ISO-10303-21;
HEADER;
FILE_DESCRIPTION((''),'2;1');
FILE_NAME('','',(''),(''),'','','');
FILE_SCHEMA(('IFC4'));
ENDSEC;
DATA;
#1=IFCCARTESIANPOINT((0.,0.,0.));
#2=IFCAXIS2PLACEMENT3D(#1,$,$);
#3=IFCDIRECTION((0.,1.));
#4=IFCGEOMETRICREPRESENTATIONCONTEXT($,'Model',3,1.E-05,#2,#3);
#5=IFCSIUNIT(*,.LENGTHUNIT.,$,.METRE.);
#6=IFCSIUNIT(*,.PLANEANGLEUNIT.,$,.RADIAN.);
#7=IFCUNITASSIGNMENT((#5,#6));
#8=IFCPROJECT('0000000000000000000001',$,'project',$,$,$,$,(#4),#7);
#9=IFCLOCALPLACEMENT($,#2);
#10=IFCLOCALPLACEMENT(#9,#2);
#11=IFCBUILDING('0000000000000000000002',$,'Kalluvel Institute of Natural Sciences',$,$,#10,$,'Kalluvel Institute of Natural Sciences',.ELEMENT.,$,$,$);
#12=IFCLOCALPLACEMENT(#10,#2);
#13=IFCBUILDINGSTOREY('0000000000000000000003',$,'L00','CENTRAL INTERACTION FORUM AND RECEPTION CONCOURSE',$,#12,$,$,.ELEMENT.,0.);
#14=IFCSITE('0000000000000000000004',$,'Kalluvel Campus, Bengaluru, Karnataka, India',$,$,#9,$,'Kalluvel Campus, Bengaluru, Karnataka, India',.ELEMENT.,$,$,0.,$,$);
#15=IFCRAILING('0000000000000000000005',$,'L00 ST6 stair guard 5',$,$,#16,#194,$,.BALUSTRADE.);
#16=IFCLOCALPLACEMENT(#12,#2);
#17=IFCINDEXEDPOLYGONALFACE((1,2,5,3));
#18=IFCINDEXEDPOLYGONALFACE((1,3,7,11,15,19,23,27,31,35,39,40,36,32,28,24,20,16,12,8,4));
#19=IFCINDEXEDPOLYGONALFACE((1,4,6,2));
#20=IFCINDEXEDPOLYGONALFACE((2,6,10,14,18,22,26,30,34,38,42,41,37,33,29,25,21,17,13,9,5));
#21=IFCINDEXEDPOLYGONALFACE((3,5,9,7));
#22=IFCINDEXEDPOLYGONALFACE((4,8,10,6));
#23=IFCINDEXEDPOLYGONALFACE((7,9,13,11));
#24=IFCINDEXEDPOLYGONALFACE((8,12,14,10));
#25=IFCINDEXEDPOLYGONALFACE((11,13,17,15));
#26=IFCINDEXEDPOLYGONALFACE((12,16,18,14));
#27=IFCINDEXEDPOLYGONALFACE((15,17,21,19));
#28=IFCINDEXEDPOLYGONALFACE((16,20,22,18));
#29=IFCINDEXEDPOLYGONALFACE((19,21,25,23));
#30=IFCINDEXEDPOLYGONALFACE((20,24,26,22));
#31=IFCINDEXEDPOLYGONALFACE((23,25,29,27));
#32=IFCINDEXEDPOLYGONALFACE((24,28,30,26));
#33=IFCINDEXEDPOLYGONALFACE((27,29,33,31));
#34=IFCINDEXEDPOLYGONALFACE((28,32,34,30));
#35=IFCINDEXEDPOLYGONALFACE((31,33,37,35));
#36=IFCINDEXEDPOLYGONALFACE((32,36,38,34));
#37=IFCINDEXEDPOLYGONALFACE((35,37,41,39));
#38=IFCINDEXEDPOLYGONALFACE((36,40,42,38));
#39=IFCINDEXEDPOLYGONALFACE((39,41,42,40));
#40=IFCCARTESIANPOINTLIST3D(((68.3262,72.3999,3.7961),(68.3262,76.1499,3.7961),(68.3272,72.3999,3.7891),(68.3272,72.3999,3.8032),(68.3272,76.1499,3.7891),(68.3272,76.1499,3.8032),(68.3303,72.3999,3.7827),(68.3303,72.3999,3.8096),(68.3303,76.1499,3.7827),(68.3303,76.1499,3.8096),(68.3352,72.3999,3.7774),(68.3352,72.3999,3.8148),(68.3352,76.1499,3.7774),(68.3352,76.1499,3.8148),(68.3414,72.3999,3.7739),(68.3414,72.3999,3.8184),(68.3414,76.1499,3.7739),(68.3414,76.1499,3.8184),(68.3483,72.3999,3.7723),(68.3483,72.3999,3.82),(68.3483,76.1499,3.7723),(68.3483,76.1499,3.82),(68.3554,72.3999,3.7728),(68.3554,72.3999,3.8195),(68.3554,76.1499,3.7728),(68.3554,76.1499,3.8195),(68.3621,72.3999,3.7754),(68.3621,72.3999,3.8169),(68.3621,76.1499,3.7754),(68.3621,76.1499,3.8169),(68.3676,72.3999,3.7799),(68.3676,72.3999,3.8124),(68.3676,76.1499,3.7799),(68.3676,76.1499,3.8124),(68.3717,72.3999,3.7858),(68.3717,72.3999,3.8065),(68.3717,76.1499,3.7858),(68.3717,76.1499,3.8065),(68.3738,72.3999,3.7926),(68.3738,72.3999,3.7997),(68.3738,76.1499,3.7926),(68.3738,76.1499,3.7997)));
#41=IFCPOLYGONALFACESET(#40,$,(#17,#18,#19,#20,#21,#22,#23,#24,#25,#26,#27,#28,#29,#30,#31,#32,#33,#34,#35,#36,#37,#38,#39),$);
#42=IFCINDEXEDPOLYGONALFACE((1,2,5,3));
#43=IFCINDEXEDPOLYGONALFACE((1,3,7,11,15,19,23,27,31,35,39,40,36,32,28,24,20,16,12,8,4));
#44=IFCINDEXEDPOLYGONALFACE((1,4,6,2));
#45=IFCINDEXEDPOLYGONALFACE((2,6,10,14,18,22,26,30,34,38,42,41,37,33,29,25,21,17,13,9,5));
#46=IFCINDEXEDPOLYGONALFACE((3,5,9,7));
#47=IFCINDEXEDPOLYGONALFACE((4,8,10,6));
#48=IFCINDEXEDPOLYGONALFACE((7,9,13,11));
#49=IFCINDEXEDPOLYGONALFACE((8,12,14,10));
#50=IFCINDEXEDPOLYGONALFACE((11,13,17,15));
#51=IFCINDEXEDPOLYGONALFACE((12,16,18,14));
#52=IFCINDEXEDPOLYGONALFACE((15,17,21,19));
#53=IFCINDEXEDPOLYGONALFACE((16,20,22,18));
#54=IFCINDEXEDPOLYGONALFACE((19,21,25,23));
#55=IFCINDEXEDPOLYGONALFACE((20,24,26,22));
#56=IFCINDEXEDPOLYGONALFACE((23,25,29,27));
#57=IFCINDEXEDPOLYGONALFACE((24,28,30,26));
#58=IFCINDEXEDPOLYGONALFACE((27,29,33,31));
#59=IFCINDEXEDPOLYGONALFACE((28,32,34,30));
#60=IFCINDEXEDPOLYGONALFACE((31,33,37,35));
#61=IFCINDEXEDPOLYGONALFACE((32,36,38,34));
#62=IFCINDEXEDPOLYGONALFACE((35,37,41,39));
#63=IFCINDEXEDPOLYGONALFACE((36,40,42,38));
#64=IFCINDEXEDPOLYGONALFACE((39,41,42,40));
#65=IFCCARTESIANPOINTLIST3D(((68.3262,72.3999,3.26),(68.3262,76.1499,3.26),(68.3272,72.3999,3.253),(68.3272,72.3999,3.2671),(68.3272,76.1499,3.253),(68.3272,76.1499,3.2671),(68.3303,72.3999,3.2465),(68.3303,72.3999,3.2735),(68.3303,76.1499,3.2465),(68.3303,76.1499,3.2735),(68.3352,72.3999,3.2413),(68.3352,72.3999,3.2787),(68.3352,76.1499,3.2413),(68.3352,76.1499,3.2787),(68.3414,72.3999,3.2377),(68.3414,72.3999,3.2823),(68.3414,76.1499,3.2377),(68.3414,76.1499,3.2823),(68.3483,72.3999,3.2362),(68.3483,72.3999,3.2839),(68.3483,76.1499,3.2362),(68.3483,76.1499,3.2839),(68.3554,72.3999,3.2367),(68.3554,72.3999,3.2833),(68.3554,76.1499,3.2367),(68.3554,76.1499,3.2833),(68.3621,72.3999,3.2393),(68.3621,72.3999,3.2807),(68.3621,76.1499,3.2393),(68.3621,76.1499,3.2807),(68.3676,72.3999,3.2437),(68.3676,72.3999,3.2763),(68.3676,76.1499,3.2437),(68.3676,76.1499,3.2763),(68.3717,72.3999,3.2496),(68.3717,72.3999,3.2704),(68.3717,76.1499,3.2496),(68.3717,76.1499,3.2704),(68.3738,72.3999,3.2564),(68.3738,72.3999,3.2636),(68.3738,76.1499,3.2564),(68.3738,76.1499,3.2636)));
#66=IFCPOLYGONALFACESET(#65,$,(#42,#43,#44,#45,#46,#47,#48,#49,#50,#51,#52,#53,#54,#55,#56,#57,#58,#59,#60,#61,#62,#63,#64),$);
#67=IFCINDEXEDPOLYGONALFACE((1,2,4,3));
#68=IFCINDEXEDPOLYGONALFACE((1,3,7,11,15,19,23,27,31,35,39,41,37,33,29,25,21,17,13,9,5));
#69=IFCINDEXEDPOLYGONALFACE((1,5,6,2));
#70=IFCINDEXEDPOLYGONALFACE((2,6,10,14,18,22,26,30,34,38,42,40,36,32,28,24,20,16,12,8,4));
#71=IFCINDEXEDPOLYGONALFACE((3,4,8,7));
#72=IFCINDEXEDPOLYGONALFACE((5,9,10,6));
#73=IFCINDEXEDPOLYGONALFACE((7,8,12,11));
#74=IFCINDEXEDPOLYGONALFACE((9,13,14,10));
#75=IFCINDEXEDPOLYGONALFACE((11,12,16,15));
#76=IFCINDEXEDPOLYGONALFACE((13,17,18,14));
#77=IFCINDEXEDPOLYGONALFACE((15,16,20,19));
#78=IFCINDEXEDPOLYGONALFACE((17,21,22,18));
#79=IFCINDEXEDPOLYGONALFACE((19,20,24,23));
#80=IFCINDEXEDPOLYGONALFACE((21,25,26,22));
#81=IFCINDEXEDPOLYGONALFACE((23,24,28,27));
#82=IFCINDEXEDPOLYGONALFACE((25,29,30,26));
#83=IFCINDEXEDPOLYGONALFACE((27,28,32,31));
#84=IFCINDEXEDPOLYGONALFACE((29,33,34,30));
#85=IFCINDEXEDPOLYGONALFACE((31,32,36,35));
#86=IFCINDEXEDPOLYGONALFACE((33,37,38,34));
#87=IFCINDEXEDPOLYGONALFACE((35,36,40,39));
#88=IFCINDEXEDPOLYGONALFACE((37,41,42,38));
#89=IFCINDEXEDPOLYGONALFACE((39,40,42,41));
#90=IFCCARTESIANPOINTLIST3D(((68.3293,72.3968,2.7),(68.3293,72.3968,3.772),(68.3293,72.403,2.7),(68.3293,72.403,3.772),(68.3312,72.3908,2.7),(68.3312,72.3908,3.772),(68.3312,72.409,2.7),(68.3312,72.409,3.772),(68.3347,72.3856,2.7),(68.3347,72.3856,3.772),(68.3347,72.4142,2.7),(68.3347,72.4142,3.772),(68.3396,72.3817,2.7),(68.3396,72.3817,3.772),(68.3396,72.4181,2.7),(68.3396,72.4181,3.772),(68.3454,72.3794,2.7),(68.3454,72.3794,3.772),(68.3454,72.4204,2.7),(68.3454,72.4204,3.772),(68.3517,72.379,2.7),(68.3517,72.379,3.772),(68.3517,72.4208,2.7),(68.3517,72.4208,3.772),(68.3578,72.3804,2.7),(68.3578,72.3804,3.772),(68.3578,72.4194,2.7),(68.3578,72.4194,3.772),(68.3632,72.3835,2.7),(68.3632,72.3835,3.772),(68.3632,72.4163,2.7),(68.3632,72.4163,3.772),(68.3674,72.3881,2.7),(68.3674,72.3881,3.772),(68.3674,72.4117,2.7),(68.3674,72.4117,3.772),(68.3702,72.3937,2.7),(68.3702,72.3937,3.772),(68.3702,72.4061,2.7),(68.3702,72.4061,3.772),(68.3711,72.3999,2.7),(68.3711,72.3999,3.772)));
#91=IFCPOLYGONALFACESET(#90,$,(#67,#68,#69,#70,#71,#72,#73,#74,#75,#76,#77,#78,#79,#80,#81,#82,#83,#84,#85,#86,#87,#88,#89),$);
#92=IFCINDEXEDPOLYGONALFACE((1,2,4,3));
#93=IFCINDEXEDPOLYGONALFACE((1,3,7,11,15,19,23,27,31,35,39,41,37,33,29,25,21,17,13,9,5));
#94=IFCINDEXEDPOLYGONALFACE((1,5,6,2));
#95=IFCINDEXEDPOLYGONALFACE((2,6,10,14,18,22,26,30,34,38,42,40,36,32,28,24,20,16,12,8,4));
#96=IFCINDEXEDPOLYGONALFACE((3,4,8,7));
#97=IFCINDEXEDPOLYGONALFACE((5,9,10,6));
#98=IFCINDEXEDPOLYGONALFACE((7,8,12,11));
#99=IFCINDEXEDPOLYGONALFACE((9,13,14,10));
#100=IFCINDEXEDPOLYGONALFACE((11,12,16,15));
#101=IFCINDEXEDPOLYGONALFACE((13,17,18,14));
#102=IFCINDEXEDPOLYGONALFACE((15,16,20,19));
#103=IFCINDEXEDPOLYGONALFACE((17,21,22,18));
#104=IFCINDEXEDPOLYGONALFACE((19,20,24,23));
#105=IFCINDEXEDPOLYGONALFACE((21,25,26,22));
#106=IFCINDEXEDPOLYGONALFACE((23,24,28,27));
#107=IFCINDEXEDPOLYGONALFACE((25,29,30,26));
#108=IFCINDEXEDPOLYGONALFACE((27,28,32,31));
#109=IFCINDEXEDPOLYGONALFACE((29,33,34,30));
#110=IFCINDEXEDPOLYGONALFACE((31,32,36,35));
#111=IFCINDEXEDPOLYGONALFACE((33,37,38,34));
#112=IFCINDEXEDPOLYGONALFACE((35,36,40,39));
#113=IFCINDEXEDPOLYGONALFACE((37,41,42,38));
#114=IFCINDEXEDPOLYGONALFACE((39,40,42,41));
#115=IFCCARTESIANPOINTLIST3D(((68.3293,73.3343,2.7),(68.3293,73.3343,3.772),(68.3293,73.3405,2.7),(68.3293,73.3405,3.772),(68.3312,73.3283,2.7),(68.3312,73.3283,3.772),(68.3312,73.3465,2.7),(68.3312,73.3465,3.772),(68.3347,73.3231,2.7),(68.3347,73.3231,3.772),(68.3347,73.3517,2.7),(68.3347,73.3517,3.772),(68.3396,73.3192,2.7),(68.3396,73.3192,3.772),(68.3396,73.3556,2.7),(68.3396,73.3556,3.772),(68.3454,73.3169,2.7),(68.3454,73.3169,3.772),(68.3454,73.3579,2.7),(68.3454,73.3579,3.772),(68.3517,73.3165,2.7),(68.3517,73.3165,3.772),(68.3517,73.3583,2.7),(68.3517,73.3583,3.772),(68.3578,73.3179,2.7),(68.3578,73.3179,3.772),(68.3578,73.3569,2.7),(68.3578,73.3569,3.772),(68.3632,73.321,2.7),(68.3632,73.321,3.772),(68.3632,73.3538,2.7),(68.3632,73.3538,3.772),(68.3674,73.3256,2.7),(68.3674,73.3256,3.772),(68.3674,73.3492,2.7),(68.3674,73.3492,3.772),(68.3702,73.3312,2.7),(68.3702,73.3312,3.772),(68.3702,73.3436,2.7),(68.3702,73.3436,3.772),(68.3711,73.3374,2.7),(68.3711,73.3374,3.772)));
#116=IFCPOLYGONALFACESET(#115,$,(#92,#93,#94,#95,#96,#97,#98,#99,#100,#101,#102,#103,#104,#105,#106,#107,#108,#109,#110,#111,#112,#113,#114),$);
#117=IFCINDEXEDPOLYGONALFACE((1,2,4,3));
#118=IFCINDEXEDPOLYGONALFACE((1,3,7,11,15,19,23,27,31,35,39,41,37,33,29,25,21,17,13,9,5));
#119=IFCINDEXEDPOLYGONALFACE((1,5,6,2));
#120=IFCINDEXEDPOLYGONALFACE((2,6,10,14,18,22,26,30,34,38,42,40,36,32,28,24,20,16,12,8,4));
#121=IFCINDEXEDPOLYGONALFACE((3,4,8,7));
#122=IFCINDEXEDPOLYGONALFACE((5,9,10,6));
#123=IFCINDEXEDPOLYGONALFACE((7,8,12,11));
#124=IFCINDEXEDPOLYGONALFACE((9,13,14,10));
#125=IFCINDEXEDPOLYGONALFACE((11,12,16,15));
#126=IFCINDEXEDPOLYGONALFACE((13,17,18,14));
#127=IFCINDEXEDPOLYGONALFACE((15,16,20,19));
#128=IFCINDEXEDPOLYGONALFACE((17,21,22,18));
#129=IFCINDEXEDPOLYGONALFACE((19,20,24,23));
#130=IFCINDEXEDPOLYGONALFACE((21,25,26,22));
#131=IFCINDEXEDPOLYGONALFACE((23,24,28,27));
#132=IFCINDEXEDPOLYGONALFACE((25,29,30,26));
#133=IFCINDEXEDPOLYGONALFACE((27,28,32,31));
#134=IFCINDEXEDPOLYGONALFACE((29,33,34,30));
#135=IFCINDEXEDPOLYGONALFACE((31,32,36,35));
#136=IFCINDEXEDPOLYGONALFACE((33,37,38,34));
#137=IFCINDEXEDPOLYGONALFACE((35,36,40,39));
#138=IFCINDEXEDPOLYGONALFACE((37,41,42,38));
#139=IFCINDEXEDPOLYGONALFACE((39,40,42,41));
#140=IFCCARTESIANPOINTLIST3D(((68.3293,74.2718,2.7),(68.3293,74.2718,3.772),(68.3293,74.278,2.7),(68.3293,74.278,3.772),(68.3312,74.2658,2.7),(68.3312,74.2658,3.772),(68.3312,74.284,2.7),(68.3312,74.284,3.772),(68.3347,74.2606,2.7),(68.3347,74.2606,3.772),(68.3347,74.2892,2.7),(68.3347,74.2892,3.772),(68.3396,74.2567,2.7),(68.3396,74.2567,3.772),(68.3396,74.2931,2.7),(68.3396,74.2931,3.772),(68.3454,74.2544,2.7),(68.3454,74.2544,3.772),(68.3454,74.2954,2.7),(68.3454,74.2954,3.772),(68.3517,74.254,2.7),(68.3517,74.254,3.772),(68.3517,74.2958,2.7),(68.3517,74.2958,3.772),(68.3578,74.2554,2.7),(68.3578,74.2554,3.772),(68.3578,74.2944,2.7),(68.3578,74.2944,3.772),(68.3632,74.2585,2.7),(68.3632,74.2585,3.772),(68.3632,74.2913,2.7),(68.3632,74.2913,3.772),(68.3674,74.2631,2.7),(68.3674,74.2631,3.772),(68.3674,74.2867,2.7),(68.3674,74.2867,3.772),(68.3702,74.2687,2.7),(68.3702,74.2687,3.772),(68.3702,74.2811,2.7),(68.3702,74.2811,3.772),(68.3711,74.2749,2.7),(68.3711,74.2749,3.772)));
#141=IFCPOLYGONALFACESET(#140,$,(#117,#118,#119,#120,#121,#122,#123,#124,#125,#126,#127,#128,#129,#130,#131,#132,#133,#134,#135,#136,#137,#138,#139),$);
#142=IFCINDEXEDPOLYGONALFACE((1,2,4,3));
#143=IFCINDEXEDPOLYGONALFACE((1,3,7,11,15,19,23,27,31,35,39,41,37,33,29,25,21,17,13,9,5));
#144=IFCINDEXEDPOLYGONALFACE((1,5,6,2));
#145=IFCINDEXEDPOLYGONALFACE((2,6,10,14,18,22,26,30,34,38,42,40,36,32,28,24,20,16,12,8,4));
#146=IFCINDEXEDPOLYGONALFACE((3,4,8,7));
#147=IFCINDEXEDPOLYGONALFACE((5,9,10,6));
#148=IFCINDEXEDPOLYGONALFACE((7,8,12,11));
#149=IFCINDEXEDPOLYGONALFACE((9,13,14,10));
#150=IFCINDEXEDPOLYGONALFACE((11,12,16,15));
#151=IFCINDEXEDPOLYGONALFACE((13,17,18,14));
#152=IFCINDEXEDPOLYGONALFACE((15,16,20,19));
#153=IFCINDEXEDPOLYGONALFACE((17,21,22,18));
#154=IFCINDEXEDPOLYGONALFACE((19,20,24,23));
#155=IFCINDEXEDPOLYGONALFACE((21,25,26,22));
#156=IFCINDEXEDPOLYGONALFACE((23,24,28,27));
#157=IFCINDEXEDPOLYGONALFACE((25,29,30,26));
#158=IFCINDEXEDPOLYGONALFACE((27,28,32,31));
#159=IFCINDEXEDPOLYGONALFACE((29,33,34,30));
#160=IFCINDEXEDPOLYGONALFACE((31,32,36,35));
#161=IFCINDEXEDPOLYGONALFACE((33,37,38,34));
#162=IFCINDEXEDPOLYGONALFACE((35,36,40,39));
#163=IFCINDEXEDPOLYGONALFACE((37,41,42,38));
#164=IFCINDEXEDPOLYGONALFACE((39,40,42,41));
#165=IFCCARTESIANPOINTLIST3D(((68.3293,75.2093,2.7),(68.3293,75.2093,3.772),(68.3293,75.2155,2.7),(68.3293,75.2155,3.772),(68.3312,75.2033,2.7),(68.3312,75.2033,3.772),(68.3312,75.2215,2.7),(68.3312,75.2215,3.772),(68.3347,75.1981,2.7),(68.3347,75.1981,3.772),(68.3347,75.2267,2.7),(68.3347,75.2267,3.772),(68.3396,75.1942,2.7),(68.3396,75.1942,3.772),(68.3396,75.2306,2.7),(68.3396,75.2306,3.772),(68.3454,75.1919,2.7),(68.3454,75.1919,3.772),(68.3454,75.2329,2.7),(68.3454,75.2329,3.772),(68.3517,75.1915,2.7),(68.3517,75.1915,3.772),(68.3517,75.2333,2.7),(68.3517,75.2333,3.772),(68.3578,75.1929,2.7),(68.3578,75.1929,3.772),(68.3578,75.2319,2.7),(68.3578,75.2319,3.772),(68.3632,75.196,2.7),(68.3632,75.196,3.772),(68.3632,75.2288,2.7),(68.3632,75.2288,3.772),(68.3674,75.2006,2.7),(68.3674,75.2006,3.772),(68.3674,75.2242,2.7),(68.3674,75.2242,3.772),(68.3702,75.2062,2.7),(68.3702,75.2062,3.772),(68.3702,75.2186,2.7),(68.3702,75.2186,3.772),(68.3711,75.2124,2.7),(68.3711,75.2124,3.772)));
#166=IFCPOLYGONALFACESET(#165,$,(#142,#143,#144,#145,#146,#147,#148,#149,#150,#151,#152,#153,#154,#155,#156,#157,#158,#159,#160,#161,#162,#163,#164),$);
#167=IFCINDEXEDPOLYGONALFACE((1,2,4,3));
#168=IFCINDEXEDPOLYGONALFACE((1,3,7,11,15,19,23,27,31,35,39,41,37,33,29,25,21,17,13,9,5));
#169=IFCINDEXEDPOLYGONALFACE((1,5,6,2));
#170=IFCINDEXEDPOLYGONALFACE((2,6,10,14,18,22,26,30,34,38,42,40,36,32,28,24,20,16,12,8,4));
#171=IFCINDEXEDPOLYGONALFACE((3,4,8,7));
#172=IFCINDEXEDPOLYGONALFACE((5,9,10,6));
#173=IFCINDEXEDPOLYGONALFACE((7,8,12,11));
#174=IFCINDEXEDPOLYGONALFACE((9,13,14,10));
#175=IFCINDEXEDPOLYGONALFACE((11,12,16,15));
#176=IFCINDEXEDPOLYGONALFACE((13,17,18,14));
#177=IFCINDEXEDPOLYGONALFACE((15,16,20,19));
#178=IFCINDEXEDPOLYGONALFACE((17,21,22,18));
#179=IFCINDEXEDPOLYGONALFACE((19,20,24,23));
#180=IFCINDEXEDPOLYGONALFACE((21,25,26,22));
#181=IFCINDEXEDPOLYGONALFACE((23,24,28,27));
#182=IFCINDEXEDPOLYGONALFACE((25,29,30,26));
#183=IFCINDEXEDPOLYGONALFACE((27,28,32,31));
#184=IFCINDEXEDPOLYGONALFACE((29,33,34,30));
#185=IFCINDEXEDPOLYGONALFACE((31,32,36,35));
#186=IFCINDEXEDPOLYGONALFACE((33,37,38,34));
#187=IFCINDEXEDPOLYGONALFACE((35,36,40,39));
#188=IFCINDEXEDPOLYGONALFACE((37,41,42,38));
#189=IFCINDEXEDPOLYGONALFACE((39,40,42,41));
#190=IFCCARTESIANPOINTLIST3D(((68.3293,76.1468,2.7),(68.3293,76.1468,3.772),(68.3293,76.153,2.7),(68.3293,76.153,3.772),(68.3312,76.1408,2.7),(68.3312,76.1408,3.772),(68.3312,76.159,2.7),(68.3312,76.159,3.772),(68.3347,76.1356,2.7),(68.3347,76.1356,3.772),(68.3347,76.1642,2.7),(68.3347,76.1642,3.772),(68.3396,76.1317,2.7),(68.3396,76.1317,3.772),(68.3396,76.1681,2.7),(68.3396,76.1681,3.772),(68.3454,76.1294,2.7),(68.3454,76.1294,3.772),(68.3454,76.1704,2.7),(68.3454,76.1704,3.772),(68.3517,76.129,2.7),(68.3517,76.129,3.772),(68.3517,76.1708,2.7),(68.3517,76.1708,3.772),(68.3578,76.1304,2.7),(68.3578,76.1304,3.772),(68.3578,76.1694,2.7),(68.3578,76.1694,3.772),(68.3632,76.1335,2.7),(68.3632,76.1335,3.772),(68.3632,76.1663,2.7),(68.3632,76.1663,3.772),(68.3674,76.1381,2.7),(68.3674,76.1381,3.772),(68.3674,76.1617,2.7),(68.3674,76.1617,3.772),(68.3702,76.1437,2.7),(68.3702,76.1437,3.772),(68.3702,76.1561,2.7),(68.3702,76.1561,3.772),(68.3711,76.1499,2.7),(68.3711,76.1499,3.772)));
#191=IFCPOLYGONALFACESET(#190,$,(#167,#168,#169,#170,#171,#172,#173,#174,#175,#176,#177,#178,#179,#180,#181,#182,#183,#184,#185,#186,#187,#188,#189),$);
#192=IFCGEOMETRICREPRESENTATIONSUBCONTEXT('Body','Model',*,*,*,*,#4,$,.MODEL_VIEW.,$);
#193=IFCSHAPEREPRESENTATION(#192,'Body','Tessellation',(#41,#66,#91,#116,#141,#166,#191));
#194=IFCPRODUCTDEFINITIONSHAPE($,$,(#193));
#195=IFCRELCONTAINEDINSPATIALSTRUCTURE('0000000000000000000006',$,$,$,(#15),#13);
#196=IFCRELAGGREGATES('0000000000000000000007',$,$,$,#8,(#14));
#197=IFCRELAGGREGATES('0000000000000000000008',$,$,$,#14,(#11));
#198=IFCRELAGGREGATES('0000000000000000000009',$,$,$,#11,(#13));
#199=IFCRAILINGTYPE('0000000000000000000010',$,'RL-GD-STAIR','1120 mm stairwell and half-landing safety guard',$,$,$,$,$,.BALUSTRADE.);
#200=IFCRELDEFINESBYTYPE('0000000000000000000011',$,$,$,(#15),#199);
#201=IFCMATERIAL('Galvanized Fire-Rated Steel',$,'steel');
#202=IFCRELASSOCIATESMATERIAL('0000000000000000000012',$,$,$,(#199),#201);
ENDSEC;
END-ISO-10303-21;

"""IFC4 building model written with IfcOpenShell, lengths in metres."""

from ifc_helpers import new_model, si_unit, direction, frame, origin, origin_2d, place, context, subcontext, project, spatial, circle, extrude, material, type_object, element, save


model = new_model("IFC4")

# Units and contexts
model_context = context("Model", 3, precision=1e-05, world=origin(), true_north=direction((0.0, 1.0)))
body_context = subcontext(model_context, "Body", "Model", "MODEL_VIEW")
ifc_project = project(units=[si_unit("LENGTHUNIT", "METRE"), si_unit("PLANEANGLEUNIT", "RADIAN")], contexts=[model_context])

# Site, building, storey
site_placement = place(None, origin())
site = spatial("IfcSite", under=ifc_project, at=site_placement, Name="Kalluvel Campus, Bengaluru, Karnataka, India", LongName="Kalluvel Campus, Bengaluru, Karnataka, India", CompositionType="ELEMENT", RefElevation=0.0)
building_placement = place(site_placement, origin())
building = spatial("IfcBuilding", under=site, at=building_placement, Name="Kalluvel Institute of Natural Sciences", LongName="Kalluvel Institute of Natural Sciences", CompositionType="ELEMENT")
storey_placement = place(building_placement, origin())
storey = spatial("IfcBuildingStorey", under=building, at=storey_placement, Name="L00", Description="CENTRAL INTERACTION FORUM AND RECEPTION CONCOURSE", CompositionType="ELEMENT", Elevation=0.0)

# Railing
ifc_material_1 = material(Name="Galvanized Fire-Rated Steel", Category="steel")
railing_type_1 = type_object("IfcRailingType", Name="RL-GD-STAIR", Description="1120 mm stairwell and half-landing safety guard", PredefinedType="BALUSTRADE", material=ifc_material_1)
railing_1_placement = place(storey_placement, frame((68.3501, 72.3999, 2.7)))
element("IfcRailing", 1, at=railing_1_placement, inside=storey, type_object=railing_type_1, Name="L00 ST6 stair guard 5", PredefinedType="BALUSTRADE", context=body_context, shape_type="SweptSolid", body=[
    extrude(circle(Radius=0.0239, at=origin_2d()), frame((0.0, 0.0, 1.0962), z_axis=(0.0, 1.0, 0.0), x_axis=(-1.0, 0.0, 0.0)), (0.0, 0.0, 1.0), 3.75),
    extrude(circle(Radius=0.0239, at=origin_2d()), frame((0.0, 0.0, 0.5601), z_axis=(0.0, 1.0, 0.0), x_axis=(-1.0, 0.0, 0.0)), (0.0, 0.0, 1.0), 3.75),
    extrude(circle(Radius=0.021, at=origin_2d()), origin(), (0.0, 0.0, 1.0), 1.072),
    extrude(circle(Radius=0.021, at=origin_2d()), frame((0.0, 0.9375, 0.0)), (0.0, 0.0, 1.0), 1.072),
    extrude(circle(Radius=0.021, at=origin_2d()), frame((0.0, 1.875, 0.0)), (0.0, 0.0, 1.0), 1.072),
    extrude(circle(Radius=0.021, at=origin_2d()), frame((0.0, 2.8125, 0.0)), (0.0, 0.0, 1.0), 1.072),
    extrude(circle(Radius=0.021, at=origin_2d()), frame((0.0, 3.75, 0.0)), (0.0, 0.0, 1.0), 1.072),
])

save(model, "model.ifc")
